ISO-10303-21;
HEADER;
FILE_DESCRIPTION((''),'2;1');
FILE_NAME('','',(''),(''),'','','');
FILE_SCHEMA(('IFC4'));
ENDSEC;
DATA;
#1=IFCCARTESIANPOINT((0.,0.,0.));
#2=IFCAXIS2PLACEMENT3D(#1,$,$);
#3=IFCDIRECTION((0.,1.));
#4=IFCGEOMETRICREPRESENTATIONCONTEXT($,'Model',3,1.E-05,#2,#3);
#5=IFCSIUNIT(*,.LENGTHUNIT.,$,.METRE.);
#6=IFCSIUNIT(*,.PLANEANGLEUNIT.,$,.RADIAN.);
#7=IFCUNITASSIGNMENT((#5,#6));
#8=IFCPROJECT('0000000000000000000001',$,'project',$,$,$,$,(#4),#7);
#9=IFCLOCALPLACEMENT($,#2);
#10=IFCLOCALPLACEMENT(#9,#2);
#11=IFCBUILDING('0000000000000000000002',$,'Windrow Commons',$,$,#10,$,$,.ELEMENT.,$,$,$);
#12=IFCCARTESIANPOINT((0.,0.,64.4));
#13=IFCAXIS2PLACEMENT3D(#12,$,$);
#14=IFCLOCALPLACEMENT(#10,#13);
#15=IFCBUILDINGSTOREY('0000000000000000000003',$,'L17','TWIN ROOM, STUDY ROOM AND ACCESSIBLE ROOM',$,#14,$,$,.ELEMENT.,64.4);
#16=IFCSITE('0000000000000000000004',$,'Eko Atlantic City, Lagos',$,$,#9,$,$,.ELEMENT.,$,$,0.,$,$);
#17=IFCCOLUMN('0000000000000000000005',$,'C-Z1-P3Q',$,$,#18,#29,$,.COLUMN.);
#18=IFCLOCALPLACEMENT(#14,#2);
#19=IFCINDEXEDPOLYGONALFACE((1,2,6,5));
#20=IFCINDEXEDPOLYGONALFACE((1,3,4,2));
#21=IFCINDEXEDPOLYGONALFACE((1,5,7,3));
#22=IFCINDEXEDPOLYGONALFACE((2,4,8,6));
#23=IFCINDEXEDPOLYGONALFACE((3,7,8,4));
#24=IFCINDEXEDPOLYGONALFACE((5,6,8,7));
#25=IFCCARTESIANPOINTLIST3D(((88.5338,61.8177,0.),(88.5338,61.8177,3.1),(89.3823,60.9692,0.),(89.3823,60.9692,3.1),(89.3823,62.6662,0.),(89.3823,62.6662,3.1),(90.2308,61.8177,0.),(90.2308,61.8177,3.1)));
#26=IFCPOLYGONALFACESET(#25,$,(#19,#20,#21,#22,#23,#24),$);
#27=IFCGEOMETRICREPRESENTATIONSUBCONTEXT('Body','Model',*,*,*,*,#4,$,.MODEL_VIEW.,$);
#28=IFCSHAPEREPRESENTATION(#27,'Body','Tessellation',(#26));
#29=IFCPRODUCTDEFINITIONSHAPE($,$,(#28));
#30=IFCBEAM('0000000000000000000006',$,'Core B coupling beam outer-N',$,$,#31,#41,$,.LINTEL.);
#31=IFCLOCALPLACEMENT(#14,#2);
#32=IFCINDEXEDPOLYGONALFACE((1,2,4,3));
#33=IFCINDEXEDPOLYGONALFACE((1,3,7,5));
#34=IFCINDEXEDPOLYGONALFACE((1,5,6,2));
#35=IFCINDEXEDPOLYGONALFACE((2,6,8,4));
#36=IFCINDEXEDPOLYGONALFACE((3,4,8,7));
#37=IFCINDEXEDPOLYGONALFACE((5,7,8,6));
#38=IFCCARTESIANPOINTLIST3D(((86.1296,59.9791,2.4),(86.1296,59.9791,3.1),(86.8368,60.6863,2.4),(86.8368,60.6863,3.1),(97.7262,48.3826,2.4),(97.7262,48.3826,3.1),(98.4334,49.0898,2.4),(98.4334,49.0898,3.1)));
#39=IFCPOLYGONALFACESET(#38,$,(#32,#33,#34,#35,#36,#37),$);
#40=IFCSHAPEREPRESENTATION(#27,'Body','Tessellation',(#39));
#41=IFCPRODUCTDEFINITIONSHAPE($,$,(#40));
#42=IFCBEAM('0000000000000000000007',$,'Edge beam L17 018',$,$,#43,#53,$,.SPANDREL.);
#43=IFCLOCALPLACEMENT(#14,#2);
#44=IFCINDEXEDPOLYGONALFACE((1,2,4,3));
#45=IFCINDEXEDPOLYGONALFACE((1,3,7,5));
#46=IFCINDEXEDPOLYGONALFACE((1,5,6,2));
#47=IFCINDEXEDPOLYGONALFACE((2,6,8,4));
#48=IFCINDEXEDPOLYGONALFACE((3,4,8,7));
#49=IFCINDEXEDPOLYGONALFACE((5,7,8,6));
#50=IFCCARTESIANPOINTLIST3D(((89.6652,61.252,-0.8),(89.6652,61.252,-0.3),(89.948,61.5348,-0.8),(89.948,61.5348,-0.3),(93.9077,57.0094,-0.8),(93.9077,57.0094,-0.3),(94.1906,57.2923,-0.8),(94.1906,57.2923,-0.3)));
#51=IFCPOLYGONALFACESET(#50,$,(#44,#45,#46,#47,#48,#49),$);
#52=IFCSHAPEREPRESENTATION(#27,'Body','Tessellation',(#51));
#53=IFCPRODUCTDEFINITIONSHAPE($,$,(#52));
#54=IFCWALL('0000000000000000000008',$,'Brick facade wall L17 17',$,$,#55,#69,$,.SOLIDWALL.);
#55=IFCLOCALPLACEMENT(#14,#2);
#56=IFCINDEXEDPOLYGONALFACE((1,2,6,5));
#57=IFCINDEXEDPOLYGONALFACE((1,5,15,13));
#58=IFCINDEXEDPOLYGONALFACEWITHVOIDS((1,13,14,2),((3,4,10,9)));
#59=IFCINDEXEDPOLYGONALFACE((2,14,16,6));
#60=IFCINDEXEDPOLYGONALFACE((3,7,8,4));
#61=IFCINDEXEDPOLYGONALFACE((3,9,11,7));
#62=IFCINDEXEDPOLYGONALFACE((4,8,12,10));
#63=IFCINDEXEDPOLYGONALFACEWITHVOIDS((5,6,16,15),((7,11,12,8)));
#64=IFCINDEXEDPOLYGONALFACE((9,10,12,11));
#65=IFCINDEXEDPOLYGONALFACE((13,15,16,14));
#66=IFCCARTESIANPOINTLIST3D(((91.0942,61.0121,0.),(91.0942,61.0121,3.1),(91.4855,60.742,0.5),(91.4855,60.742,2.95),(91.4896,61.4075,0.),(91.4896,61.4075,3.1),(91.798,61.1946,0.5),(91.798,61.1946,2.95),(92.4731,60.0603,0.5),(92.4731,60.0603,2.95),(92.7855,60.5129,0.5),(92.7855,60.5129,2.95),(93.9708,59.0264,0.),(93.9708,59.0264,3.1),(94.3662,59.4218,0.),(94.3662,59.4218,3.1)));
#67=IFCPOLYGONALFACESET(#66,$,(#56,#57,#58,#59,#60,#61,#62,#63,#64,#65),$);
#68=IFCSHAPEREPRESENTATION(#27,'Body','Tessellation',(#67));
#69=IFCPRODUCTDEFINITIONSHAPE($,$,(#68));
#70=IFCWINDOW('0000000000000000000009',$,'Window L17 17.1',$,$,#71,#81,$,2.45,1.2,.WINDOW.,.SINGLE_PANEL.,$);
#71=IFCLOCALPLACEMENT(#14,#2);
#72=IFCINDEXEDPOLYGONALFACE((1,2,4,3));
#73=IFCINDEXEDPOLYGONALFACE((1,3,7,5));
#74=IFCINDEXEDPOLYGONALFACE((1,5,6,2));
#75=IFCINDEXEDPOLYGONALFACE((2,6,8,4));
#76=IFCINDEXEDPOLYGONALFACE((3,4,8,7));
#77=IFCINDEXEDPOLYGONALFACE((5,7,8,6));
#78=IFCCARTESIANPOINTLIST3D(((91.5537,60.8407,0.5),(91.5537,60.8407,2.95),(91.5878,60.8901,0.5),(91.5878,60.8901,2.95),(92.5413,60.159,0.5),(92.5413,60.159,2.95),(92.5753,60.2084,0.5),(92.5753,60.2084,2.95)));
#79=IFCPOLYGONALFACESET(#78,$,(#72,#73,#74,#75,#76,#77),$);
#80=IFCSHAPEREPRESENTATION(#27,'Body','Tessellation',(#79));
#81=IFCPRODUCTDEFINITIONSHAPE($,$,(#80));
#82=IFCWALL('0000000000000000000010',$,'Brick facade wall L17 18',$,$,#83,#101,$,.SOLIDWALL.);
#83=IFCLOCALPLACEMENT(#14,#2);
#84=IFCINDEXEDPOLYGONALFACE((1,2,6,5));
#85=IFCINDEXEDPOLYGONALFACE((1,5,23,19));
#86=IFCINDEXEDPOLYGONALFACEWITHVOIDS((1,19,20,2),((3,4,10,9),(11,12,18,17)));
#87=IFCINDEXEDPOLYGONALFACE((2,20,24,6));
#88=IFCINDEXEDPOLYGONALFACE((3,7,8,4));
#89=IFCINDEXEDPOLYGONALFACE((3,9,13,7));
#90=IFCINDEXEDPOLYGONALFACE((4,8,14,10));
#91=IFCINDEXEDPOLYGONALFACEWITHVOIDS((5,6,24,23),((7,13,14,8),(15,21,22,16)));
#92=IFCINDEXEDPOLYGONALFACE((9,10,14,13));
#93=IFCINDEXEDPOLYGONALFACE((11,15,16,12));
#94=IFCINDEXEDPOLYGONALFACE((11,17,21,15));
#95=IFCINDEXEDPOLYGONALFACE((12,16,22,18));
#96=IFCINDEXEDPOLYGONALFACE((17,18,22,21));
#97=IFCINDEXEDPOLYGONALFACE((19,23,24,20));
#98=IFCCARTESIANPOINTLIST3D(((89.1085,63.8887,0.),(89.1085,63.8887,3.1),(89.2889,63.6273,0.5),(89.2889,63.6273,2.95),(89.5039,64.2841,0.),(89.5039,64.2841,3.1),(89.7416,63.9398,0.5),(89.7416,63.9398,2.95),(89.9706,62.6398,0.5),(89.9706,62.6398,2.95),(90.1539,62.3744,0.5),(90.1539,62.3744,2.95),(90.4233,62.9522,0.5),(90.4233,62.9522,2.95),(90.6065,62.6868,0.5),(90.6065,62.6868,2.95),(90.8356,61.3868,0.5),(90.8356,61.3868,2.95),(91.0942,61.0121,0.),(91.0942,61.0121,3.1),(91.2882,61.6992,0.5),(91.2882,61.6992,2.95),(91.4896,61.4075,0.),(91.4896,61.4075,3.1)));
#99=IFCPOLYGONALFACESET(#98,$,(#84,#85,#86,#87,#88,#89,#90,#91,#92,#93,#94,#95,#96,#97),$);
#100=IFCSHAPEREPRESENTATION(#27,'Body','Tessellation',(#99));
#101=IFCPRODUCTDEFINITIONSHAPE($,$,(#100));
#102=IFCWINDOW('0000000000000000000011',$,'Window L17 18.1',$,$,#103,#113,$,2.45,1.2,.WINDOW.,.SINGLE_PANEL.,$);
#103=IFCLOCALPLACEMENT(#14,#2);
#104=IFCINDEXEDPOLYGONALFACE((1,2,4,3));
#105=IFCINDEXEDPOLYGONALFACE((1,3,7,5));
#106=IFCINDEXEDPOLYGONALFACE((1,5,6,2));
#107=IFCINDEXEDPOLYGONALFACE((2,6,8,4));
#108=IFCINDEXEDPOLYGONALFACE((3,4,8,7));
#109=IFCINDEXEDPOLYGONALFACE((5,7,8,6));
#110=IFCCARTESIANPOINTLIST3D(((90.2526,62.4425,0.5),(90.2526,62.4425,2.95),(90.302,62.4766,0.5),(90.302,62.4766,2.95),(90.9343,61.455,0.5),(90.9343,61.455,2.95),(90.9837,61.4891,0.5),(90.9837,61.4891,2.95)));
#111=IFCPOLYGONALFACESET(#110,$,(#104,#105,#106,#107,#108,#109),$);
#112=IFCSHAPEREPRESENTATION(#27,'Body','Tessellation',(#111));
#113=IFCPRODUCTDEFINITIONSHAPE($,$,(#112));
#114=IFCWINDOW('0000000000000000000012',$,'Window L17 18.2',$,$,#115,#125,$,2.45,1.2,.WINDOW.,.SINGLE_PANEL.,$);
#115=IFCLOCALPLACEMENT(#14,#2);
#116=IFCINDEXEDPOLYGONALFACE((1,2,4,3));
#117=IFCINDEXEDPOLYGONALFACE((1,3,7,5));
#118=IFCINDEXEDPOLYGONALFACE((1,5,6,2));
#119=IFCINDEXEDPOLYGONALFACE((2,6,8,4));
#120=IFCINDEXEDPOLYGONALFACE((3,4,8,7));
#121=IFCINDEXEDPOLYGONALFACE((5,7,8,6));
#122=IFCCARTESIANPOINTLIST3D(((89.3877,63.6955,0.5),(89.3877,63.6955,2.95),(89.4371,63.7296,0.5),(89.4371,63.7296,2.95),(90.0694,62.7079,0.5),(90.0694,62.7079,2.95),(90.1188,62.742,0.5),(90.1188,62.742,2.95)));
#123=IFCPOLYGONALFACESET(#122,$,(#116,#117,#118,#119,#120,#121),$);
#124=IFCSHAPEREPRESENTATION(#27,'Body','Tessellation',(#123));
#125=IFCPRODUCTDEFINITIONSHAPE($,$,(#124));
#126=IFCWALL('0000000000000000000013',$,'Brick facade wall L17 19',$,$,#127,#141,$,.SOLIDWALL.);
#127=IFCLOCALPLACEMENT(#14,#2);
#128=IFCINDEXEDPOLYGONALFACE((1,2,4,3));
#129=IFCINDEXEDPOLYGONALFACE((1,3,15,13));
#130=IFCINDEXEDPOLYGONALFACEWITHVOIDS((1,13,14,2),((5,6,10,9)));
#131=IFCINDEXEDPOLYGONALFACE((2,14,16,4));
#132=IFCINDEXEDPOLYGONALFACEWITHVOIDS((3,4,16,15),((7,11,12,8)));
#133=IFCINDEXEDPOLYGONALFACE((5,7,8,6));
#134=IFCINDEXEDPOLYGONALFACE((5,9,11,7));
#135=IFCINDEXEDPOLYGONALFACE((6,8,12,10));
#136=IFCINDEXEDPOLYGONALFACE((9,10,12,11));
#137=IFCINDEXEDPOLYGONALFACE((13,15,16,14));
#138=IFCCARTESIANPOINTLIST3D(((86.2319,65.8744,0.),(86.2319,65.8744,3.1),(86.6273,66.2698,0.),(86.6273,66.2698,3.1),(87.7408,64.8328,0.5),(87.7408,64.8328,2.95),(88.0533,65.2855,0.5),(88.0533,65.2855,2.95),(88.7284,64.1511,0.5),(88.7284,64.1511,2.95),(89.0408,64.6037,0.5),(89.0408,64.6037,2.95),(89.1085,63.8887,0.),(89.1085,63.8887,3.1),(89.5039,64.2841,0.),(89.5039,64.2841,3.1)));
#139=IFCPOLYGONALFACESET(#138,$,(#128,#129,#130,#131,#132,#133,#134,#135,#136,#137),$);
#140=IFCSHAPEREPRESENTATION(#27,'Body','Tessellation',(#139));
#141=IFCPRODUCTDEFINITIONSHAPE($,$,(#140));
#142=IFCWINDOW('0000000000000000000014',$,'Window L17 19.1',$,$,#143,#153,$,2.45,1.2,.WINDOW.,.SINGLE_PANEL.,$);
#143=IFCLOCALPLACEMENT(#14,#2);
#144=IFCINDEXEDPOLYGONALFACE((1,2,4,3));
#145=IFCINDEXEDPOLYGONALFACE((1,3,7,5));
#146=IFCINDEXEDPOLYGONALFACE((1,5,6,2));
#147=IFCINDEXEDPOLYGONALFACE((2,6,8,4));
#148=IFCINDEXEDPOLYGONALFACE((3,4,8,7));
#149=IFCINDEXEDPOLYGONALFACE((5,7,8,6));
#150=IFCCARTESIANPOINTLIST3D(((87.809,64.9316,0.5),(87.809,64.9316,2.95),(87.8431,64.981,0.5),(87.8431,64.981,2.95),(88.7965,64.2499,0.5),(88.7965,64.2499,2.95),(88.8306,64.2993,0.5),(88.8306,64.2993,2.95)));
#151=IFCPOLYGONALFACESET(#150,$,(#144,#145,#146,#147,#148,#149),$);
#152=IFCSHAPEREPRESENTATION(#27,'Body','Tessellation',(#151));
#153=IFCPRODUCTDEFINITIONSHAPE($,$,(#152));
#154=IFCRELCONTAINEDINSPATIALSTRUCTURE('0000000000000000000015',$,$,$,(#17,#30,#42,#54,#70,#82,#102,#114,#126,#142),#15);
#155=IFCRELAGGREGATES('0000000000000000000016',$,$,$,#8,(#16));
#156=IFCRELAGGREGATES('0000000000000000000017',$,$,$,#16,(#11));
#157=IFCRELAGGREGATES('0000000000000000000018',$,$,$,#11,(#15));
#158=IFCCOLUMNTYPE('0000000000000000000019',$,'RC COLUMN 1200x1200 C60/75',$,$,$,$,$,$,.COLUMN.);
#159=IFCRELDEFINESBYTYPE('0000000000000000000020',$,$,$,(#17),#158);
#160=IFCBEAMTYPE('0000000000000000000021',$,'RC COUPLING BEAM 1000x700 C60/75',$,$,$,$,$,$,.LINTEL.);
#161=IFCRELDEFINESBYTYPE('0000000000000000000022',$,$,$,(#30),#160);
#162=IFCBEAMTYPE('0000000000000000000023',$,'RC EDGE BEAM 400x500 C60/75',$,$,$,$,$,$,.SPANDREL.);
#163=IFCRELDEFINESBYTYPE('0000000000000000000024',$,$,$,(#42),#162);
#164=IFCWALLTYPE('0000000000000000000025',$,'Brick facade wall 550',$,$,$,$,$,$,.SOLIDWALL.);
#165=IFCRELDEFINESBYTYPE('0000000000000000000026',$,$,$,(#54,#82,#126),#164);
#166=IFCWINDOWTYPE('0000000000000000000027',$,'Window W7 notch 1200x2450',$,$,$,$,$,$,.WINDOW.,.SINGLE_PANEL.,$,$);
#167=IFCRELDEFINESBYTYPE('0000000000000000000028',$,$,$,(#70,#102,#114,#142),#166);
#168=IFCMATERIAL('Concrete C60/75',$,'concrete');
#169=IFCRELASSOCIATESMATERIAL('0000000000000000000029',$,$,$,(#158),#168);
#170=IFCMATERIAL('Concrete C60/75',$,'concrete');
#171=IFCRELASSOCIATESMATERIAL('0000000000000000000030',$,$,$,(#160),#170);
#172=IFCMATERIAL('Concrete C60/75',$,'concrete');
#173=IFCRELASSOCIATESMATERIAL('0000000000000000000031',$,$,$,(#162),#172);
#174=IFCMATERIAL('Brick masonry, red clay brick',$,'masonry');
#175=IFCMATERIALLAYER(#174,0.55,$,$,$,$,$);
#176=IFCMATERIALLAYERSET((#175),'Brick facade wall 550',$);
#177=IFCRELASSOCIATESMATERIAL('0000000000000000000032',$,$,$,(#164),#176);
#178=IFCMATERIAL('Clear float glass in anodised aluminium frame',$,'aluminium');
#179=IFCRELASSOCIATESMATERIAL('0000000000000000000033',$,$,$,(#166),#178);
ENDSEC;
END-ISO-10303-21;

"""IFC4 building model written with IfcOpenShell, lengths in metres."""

from ifc_helpers import new_model, si_unit, direction, frame, frame_2d, origin, origin_2d, place, context, subcontext, project, spatial, polyline, rectangle, outline, extrude, material, layer, layer_set, material_profile, profile_set, type_object, element, fill, save


model = new_model("IFC4")

# Units and contexts
model_context = context("Model", 3, precision=1e-05, world=origin(), true_north=direction((0.0, 1.0)))
body_context = subcontext(model_context, "Body", "Model", "MODEL_VIEW")
ifc_project = project(units=[si_unit("LENGTHUNIT", "METRE"), si_unit("PLANEANGLEUNIT", "RADIAN")], contexts=[model_context])

# Site, building, storey
site_placement = place(None, origin())
site = spatial("IfcSite", under=ifc_project, at=site_placement, Name="Eko Atlantic City, Lagos", CompositionType="ELEMENT", RefElevation=0.0)
building_placement = place(site_placement, origin())
building = spatial("IfcBuilding", under=site, at=building_placement, Name="Windrow Commons", CompositionType="ELEMENT")
storey_placement = place(building_placement, frame((0.0, 0.0, 64.4)))
storey = spatial("IfcBuildingStorey", under=building, at=storey_placement, Name="L17", Description="TWIN ROOM, STUDY ROOM AND ACCESSIBLE ROOM", CompositionType="ELEMENT", Elevation=64.4)

# Column
ifc_material_1 = material(Name="Concrete C60/75", Category="concrete")
ifc_material_profile_1 = material_profile(ifc_material_1, rectangle(XDim=1.2, YDim=1.2, at=origin_2d()))
ifc_profile_set_1 = profile_set([ifc_material_profile_1], Name="Concrete C60/75")
column_type = type_object("IfcColumnType", Name="RC COLUMN 1200x1200 C60/75", PredefinedType="COLUMN", material=ifc_profile_set_1)
column_placement = place(storey_placement, frame((89.3823, 61.8177, 0.0), z_axis=(0.0, 0.0, 1.0), x_axis=(0.707107, -0.707107, 0.0)))
element("IfcColumn", 1, at=column_placement, inside=storey, type_object=column_type, Name="C-Z1-P3Q", PredefinedType="COLUMN", context=body_context, shape_type="SweptSolid", body=[
    extrude(rectangle(XDim=1.2, YDim=1.2, at=origin_2d()), origin(), (0.0, 0.0, 1.0), 3.1),
])

# Beams
ifc_material_2 = material(Name="Concrete C60/75", Category="concrete")
ifc_material_profile_2 = material_profile(ifc_material_2, rectangle(XDim=1.0, YDim=0.7, at=origin_2d()))
ifc_profile_set_2 = profile_set([ifc_material_profile_2], Name="Concrete C60/75")
beam_type_1 = type_object("IfcBeamType", Name="RC COUPLING BEAM 1000x700 C60/75", PredefinedType="LINTEL", material=ifc_profile_set_2)
beam_1_placement = place(storey_placement, frame((86.4832, 60.3327, 2.75), z_axis=(0.70711, -0.707104, 0.0), x_axis=(0.707104, 0.70711, 0.0)))
element("IfcBeam", 2, at=beam_1_placement, inside=storey, type_object=beam_type_1, Name="Core B coupling beam outer-N", PredefinedType="LINTEL", context=body_context, shape_type="SweptSolid", body=[
    extrude(rectangle(XDim=1.0, YDim=0.7, at=origin_2d()), origin(), (0.0, 0.0, 1.0), 16.4),
])
ifc_material_3 = material(Name="Concrete C60/75", Category="concrete")
ifc_material_profile_3 = material_profile(ifc_material_3, rectangle(XDim=0.4, YDim=0.5, at=origin_2d()))
ifc_profile_set_3 = profile_set([ifc_material_profile_3], Name="Concrete C60/75")
beam_type_2 = type_object("IfcBeamType", Name="RC EDGE BEAM 400x500 C60/75", PredefinedType="SPANDREL", material=ifc_profile_set_3)
beam_2_placement = place(storey_placement, frame((89.8066, 61.3934, -0.55), z_axis=(0.707107, -0.707107, 0.0), x_axis=(0.707107, 0.707107, 0.0)))
element("IfcBeam", 3, at=beam_2_placement, inside=storey, type_object=beam_type_2, Name="Edge beam L17 018", PredefinedType="SPANDREL", context=body_context, shape_type="SweptSolid", body=[
    extrude(rectangle(XDim=0.4, YDim=0.5, at=origin_2d()), origin(), (0.0, 0.0, 1.0), 5.9999),
])

# Wall, opening, window
ifc_material_4 = material(Name="Brick masonry, red clay brick", Category="masonry")
ifc_layer_1 = layer(ifc_material_4, 0.55)
ifc_layer_set_1 = layer_set([ifc_layer_1], Name="Brick facade wall 550")
wall_type_1 = type_object("IfcWallType", Name="Brick facade wall 550", PredefinedType="SOLIDWALL", material=ifc_layer_set_1)
wall_1_placement = place(storey_placement, frame((94.1685, 59.2241, 0.0), z_axis=(0.0, 0.0, 1.0), x_axis=(-0.822967, 0.568089, 0.0)))
wall_1 = element("IfcWall", 4, at=wall_1_placement, inside=storey, type_object=wall_type_1, Name="Brick facade wall L17 17", PredefinedType="SOLIDWALL", context=body_context, shape_type="SweptSolid", body=[
    extrude(outline(polyline([(-0.0504, -0.275), (3.445, -0.275), (3.5458, 0.275), (0.0504, 0.275), (-0.0504, -0.275)])), origin(), (0.0, 0.0, 1.0), 3.1),
])
opening_1_placement = place(wall_1_placement, frame((1.8703, 0.0, 0.5)))
opening_1 = element("IfcOpeningElement", 5, at=opening_1_placement, cuts=wall_1, PredefinedType="OPENING", context=body_context, shape_type="SweptSolid", body=[
    extrude(rectangle(XDim=1.2, YDim=2.45, at=frame_2d((0.6, 1.225))), frame((0.0, 0.285, 0.0), z_axis=(0.0, -1.0, 0.0), x_axis=(1.0, 0.0, 0.0)), (0.0, 0.0, 1.0), 0.57),
])
ifc_material_5 = material(Name="Clear float glass in anodised aluminium frame", Category="aluminium")
window_type = type_object("IfcWindowType", Name="Window W7 notch 1200x2450", PartitioningType="SINGLE_PANEL", PredefinedType="WINDOW", material=ifc_material_5)
window_1_placement = place(opening_1_placement, origin())
window_1 = element("IfcWindow", 6, at=window_1_placement, inside=storey, type_object=window_type, Name="Window L17 17.1", OverallHeight=2.45, OverallWidth=1.2, PartitioningType="SINGLE_PANEL", PredefinedType="WINDOW", context=body_context, shape_type="SweptSolid", body=[
    extrude(rectangle(XDim=1.2, YDim=2.45, at=frame_2d((0.6, 1.225))), frame((0.0, 0.155, 0.0), z_axis=(0.0, -1.0, 0.0), x_axis=(1.0, 0.0, 0.0)), (0.0, 0.0, 1.0), 0.06),
])
fill(opening_1, window_1)

# Wall, openings, windows
wall_2_placement = place(storey_placement, frame((91.2919, 61.2098, 0.0), z_axis=(0.0, 0.0, 1.0), x_axis=(-0.568089, 0.822967, 0.0)))
wall_2 = element("IfcWall", 7, at=wall_2_placement, inside=storey, type_object=wall_type_1, Name="Brick facade wall L17 18", PredefinedType="SOLIDWALL", context=body_context, shape_type="SweptSolid", body=[
    extrude(outline(polyline([(0.0504, -0.275), (3.5458, -0.275), (3.445, 0.275), (-0.0504, 0.275), (0.0504, -0.275)])), origin(), (0.0, 0.0, 1.0), 3.1),
])
opening_2_placement = place(wall_2_placement, frame((0.4049, 0.0, 0.5)))
opening_2 = element("IfcOpeningElement", 8, at=opening_2_placement, cuts=wall_2, PredefinedType="OPENING", context=body_context, shape_type="SweptSolid", body=[
    extrude(rectangle(XDim=1.2, YDim=2.45, at=frame_2d((0.6, 1.225))), frame((0.0, 0.285, 0.0), z_axis=(0.0, -1.0, 0.0), x_axis=(1.0, 0.0, 0.0)), (0.0, 0.0, 1.0), 0.57),
])
opening_3_placement = place(wall_2_placement, frame((1.9274, 0.0, 0.5)))
opening_3 = element("IfcOpeningElement", 9, at=opening_3_placement, cuts=wall_2, PredefinedType="OPENING", context=body_context, shape_type="SweptSolid", body=[
    extrude(rectangle(XDim=1.2, YDim=2.45, at=frame_2d((0.6, 1.225))), frame((0.0, 0.285, 0.0), z_axis=(0.0, -1.0, 0.0), x_axis=(1.0, 0.0, 0.0)), (0.0, 0.0, 1.0), 0.57),
])
window_2_placement = place(opening_2_placement, origin())
window_2 = element("IfcWindow", 10, at=window_2_placement, inside=storey, type_object=window_type, Name="Window L17 18.1", OverallHeight=2.45, OverallWidth=1.2, PartitioningType="SINGLE_PANEL", PredefinedType="WINDOW", context=body_context, shape_type="SweptSolid", body=[
    extrude(rectangle(XDim=1.2, YDim=2.45, at=frame_2d((0.6, 1.225))), frame((0.0, 0.155, 0.0), z_axis=(0.0, -1.0, 0.0), x_axis=(1.0, 0.0, 0.0)), (0.0, 0.0, 1.0), 0.06),
])
fill(opening_2, window_2)
window_3_placement = place(opening_3_placement, origin())
window_3 = element("IfcWindow", 11, at=window_3_placement, inside=storey, type_object=window_type, Name="Window L17 18.2", OverallHeight=2.45, OverallWidth=1.2, PartitioningType="SINGLE_PANEL", PredefinedType="WINDOW", context=body_context, shape_type="SweptSolid", body=[
    extrude(rectangle(XDim=1.2, YDim=2.45, at=frame_2d((0.6, 1.225))), frame((0.0, 0.155, 0.0), z_axis=(0.0, -1.0, 0.0), x_axis=(1.0, 0.0, 0.0)), (0.0, 0.0, 1.0), 0.06),
])
fill(opening_3, window_3)

# Wall, opening, window
wall_3_placement = place(storey_placement, frame((89.3062, 64.0864, 0.0), z_axis=(0.0, 0.0, 1.0), x_axis=(-0.822967, 0.568089, 0.0)))
wall_3 = element("IfcWall", 12, at=wall_3_placement, inside=storey, type_object=wall_type_1, Name="Brick facade wall L17 19", PredefinedType="SOLIDWALL", context=body_context, shape_type="SweptSolid", body=[
    extrude(outline(polyline([(-0.0504, -0.275), (3.445, -0.275), (3.5458, 0.275), (0.0504, 0.275), (-0.0504, -0.275)])), origin(), (0.0, 0.0, 1.0), 3.1),
])
opening_4_placement = place(wall_3_placement, frame((0.5123, 0.0, 0.5)))
opening_4 = element("IfcOpeningElement", 13, at=opening_4_placement, cuts=wall_3, PredefinedType="OPENING", context=body_context, shape_type="SweptSolid", body=[
    extrude(rectangle(XDim=1.2, YDim=2.45, at=frame_2d((0.6, 1.225))), frame((0.0, 0.285, 0.0), z_axis=(0.0, -1.0, 0.0), x_axis=(1.0, 0.0, 0.0)), (0.0, 0.0, 1.0), 0.57),
])
window_4_placement = place(opening_4_placement, origin())
window_4 = element("IfcWindow", 14, at=window_4_placement, inside=storey, type_object=window_type, Name="Window L17 19.1", OverallHeight=2.45, OverallWidth=1.2, PartitioningType="SINGLE_PANEL", PredefinedType="WINDOW", context=body_context, shape_type="SweptSolid", body=[
    extrude(rectangle(XDim=1.2, YDim=2.45, at=frame_2d((0.6, 1.225))), frame((0.0, 0.155, 0.0), z_axis=(0.0, -1.0, 0.0), x_axis=(1.0, 0.0, 0.0)), (0.0, 0.0, 1.0), 0.06),
])
fill(opening_4, window_4)

save(model, "model.ifc")
